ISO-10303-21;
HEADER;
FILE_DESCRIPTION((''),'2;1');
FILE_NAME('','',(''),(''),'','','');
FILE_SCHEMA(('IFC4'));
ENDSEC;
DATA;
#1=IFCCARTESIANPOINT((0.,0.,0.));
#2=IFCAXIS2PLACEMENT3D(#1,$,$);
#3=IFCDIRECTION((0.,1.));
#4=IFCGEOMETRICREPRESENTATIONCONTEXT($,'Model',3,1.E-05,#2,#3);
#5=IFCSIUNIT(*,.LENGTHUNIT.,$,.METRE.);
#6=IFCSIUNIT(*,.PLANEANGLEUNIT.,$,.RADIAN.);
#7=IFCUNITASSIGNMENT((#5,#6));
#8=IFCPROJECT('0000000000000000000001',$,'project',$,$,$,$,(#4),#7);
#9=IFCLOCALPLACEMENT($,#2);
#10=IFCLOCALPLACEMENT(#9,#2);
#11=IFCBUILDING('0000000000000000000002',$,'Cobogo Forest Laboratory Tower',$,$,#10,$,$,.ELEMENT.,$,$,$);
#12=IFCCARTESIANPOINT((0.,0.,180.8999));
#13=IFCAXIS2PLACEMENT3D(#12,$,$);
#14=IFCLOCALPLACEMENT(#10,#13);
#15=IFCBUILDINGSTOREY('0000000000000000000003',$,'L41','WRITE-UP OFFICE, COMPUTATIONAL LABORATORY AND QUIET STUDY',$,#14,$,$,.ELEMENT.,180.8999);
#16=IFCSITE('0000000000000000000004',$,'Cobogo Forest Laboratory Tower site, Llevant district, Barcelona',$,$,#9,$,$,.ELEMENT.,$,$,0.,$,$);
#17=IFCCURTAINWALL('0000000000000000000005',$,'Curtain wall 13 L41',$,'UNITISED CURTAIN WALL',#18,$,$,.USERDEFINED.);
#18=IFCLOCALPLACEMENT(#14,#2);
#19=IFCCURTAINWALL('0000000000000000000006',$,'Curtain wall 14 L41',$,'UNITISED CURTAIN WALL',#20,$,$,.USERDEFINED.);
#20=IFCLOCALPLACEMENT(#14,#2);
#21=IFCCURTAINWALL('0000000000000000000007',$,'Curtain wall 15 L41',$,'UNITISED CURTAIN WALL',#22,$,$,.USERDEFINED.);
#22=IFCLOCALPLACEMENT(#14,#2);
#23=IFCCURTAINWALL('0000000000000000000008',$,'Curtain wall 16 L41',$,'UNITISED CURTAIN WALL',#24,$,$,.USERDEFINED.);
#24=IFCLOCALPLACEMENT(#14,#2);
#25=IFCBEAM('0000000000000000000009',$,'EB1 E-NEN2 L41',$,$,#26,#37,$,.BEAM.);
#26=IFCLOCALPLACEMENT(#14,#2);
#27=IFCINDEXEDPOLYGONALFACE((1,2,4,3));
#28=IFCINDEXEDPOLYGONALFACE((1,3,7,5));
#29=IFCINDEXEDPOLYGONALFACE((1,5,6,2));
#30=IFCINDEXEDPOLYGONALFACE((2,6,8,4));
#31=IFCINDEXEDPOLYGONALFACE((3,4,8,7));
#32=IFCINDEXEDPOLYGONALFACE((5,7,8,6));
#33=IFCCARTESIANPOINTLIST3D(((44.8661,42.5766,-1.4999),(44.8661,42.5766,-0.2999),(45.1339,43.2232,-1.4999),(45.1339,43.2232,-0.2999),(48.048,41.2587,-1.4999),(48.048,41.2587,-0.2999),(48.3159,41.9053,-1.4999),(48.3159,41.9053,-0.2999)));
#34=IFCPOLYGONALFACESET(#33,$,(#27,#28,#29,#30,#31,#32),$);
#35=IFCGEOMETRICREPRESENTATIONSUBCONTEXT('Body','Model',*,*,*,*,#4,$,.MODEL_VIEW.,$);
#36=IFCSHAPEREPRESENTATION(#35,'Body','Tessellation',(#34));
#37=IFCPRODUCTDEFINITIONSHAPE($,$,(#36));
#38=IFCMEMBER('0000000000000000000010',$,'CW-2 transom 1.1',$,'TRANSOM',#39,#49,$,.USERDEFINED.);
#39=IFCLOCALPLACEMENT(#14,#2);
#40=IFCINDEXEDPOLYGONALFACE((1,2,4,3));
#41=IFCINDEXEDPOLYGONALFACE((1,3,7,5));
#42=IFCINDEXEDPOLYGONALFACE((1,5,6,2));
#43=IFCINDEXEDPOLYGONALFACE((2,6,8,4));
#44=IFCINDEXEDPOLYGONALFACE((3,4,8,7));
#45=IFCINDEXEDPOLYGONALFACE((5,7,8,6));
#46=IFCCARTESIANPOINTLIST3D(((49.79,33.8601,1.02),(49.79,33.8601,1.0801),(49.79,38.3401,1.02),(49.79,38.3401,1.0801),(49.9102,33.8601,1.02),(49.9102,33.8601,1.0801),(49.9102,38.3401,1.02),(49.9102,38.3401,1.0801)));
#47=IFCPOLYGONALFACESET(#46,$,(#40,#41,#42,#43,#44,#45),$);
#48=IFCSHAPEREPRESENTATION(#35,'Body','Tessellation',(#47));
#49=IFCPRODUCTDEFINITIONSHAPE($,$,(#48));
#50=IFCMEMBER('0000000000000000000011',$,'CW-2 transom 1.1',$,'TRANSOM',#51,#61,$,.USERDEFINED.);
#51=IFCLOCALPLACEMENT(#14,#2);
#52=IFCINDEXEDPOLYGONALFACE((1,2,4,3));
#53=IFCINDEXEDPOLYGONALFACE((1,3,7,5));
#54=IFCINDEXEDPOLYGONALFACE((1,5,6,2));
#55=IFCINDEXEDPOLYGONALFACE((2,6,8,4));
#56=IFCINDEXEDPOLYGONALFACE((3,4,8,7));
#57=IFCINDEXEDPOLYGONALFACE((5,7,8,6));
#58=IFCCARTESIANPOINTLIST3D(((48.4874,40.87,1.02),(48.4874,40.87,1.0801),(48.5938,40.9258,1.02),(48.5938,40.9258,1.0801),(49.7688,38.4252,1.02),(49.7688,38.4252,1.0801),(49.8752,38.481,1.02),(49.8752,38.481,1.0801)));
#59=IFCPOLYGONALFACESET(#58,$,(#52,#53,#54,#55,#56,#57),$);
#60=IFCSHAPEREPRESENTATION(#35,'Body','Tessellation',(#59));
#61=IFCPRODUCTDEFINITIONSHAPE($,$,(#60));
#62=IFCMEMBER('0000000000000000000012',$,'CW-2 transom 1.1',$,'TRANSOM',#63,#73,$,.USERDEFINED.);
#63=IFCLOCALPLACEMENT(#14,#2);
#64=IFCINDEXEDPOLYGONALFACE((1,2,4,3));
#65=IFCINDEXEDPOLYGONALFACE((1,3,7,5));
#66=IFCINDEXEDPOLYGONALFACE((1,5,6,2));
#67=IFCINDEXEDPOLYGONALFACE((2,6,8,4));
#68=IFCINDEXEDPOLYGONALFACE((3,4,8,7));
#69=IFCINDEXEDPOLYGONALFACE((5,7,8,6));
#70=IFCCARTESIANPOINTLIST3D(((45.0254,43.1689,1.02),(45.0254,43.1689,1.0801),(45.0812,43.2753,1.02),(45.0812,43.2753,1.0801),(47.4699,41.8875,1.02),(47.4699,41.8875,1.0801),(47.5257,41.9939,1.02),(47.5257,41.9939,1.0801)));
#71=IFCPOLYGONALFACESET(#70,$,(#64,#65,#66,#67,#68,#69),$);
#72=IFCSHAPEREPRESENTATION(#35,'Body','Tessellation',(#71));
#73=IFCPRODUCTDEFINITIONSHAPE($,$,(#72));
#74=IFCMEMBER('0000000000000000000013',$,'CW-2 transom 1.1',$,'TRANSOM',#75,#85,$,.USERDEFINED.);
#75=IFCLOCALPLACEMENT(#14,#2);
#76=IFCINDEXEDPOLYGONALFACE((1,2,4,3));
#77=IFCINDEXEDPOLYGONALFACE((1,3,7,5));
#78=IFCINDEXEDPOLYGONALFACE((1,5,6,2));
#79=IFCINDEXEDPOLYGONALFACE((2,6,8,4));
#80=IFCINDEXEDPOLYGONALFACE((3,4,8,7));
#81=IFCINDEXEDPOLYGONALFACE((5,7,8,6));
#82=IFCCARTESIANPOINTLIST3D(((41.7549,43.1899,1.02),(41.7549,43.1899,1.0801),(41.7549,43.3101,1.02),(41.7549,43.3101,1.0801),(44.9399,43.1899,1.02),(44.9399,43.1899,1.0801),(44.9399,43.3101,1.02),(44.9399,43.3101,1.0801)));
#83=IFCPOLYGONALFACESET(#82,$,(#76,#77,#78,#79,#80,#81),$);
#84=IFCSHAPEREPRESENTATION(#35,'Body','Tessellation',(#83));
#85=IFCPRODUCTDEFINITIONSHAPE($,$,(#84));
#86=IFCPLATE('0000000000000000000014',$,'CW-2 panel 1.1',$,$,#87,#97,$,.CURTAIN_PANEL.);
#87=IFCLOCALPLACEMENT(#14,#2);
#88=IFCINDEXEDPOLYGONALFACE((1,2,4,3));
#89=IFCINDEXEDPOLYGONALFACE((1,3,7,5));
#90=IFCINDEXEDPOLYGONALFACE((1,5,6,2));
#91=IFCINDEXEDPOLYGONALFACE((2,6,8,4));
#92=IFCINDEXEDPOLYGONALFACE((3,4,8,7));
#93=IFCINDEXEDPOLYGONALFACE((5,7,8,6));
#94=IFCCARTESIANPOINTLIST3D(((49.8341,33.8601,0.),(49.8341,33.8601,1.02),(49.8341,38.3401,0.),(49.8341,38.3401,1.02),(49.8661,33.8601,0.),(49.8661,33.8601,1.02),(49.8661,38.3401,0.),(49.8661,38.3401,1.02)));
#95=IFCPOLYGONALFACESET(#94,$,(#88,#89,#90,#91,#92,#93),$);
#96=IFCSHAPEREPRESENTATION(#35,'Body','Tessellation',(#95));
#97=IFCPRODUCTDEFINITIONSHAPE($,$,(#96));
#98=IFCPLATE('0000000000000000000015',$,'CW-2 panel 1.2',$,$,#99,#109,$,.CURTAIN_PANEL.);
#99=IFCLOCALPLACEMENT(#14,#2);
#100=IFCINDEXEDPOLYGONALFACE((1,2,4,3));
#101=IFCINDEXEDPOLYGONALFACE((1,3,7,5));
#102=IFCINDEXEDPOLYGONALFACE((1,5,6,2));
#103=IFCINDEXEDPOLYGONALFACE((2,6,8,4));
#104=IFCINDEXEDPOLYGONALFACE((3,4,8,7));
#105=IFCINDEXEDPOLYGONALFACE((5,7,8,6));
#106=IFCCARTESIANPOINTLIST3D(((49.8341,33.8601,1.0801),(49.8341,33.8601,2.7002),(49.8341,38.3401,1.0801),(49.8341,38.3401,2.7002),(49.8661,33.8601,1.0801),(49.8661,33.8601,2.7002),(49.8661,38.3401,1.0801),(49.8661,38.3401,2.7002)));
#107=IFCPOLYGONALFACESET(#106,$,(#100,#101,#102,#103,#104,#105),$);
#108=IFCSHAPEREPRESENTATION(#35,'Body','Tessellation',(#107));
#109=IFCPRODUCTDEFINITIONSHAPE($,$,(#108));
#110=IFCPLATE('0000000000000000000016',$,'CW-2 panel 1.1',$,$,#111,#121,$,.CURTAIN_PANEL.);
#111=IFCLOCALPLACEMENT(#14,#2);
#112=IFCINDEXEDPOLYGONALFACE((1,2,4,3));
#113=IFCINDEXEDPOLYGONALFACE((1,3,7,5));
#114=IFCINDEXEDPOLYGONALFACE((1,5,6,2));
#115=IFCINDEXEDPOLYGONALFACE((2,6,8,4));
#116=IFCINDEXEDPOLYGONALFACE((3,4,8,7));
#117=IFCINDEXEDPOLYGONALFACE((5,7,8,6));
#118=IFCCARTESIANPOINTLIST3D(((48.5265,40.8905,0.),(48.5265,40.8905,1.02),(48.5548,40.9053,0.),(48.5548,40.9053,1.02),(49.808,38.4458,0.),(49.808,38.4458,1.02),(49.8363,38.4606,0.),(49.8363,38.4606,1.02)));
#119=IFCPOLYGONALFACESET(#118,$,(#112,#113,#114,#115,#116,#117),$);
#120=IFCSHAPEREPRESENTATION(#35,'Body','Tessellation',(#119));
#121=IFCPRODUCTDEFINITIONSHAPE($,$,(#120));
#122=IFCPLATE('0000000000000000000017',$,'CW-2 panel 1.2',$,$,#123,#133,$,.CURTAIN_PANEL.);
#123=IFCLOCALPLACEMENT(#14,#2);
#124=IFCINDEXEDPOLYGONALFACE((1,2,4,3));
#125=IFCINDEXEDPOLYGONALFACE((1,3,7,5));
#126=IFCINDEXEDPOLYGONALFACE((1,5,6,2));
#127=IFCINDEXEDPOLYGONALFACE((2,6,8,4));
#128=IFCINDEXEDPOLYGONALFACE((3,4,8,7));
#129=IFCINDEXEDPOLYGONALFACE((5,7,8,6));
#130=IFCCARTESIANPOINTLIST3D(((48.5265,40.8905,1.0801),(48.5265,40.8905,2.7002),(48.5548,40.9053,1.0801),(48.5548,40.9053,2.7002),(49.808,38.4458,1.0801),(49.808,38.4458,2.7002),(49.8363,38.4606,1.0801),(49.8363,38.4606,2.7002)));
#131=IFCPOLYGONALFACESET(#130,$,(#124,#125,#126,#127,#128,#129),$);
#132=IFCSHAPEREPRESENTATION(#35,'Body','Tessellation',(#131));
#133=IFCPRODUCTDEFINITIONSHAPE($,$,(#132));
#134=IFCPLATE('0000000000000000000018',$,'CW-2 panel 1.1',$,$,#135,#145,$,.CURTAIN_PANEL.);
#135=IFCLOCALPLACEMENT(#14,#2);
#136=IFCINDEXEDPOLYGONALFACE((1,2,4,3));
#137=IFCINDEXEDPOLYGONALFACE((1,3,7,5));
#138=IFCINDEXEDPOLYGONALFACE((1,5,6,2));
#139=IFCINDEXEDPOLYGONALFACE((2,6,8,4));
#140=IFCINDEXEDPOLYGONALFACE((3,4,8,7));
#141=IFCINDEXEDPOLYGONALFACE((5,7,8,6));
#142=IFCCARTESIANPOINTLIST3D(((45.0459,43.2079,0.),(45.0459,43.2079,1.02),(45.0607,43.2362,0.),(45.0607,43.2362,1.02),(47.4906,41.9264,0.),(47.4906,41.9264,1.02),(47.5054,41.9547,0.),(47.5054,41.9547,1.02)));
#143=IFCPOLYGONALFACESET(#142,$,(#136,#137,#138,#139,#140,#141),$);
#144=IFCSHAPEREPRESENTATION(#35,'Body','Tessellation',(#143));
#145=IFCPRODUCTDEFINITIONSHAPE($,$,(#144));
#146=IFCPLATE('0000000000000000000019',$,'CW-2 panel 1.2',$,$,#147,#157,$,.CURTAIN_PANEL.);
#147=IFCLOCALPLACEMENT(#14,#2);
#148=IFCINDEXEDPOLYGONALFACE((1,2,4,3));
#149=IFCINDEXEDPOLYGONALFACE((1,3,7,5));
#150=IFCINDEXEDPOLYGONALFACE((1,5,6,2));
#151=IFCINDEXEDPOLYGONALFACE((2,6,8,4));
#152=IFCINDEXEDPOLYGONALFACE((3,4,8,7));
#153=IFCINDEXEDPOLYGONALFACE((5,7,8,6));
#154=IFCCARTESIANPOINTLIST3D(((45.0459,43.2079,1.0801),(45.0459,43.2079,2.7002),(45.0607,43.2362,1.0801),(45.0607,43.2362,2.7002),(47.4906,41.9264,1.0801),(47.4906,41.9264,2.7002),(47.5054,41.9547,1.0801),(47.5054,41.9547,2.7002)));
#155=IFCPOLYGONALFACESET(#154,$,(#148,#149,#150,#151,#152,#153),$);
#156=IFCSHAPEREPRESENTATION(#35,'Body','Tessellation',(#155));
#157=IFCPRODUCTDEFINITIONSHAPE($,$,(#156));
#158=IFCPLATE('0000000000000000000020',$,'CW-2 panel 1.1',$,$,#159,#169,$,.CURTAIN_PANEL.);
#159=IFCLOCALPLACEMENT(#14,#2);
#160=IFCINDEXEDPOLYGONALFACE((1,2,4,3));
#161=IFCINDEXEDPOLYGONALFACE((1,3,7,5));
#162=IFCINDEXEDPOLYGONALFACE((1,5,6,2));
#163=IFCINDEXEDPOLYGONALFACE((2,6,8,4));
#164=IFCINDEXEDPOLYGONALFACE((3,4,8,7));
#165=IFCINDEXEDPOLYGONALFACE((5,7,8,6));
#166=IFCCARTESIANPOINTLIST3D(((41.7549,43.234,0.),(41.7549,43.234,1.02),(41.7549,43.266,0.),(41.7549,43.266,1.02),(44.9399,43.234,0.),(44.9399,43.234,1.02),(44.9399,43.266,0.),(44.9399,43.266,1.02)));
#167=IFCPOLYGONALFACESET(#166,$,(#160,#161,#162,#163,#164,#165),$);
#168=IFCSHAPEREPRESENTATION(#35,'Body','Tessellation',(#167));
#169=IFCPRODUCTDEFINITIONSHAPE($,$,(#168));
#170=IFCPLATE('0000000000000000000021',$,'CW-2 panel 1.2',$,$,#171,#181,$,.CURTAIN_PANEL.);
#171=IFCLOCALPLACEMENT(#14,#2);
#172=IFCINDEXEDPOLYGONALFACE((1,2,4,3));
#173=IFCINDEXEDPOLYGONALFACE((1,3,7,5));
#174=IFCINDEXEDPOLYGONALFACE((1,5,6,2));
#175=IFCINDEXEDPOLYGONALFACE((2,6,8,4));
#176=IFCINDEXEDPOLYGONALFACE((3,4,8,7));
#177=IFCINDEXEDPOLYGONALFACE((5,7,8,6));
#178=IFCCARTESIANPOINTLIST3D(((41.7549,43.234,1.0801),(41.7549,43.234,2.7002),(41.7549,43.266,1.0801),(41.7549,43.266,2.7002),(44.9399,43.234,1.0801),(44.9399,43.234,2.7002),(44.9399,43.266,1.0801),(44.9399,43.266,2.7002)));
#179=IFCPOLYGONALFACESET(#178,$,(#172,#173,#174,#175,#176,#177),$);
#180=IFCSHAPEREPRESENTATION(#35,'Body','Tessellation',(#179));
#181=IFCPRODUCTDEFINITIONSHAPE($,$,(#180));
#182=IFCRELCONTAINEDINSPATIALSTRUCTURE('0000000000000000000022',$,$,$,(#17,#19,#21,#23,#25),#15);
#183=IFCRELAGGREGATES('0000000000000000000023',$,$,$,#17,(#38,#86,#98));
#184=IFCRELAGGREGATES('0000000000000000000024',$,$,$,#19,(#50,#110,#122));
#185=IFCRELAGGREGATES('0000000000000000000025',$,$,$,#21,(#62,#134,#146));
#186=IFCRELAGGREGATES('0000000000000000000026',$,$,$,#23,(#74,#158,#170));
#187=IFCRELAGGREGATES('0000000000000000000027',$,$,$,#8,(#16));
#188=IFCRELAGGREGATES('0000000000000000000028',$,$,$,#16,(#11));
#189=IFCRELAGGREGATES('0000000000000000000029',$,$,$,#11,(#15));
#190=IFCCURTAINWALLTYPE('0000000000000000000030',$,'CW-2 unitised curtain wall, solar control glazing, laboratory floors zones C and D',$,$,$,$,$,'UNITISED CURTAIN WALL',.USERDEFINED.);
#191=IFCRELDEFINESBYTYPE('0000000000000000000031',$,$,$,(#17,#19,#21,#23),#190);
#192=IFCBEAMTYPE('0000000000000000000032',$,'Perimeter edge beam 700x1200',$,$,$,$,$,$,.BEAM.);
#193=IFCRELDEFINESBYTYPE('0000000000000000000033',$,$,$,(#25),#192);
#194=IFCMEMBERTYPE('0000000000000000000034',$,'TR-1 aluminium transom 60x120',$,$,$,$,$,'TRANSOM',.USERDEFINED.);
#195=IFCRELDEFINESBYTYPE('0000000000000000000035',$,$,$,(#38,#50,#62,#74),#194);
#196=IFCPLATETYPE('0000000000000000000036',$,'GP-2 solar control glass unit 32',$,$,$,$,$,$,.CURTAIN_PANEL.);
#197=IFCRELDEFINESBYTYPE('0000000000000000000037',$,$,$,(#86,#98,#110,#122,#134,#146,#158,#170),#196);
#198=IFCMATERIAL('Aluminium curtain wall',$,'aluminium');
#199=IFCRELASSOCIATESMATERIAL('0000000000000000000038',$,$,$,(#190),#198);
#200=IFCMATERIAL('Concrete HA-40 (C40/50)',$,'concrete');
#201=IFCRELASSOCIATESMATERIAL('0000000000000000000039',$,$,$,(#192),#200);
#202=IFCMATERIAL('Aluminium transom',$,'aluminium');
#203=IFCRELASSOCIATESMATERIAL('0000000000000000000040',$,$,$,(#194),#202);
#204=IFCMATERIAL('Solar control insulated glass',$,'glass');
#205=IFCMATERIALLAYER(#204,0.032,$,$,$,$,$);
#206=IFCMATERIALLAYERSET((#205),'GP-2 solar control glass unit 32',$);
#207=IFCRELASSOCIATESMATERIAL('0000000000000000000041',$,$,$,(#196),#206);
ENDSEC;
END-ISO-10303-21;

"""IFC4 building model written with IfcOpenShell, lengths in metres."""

from ifc_helpers import new_model, si_unit, direction, frame, origin, origin_2d, place, context, subcontext, project, spatial, rectangle, extrude, material, layer, layer_set, material_profile, profile_set, type_object, element, aggregate, save


model = new_model("IFC4")

# Units and contexts
model_context = context("Model", 3, precision=1e-05, world=origin(), true_north=direction((0.0, 1.0)))
body_context = subcontext(model_context, "Body", "Model", "MODEL_VIEW")
ifc_project = project(units=[si_unit("LENGTHUNIT", "METRE"), si_unit("PLANEANGLEUNIT", "RADIAN")], contexts=[model_context])

# Site, building, storey
site_placement = place(None, origin())
site = spatial("IfcSite", under=ifc_project, at=site_placement, Name="Cobogo Forest Laboratory Tower site, Llevant district, Barcelona", CompositionType="ELEMENT", RefElevation=0.0)
building_placement = place(site_placement, origin())
building = spatial("IfcBuilding", under=site, at=building_placement, Name="Cobogo Forest Laboratory Tower", CompositionType="ELEMENT")
storey_placement = place(building_placement, frame((0.0, 0.0, 180.8999)))
storey = spatial("IfcBuildingStorey", under=building, at=storey_placement, Name="L41", Description="WRITE-UP OFFICE, COMPUTATIONAL LABORATORY AND QUIET STUDY", CompositionType="ELEMENT", Elevation=180.8999)

# Shared definitions
ifc_material_1 = material(Name="Concrete HA-40 (C40/50)", Category="concrete")

# Curtain walls
ifc_material_2 = material(Name="Aluminium curtain wall", Category="aluminium")
curtain_wall_type = type_object("IfcCurtainWallType", Name="CW-2 unitised curtain wall, solar control glazing, laboratory floors zones C and D", ElementType="UNITISED CURTAIN WALL", PredefinedType="USERDEFINED", material=ifc_material_2)
curtain_wall_1_placement = place(storey_placement, origin())
curtain_wall_1 = element("IfcCurtainWall", 1, at=curtain_wall_1_placement, inside=storey, type_object=curtain_wall_type, Name="Curtain wall 13 L41", ObjectType="UNITISED CURTAIN WALL", PredefinedType="USERDEFINED")
curtain_wall_2_placement = place(storey_placement, origin())
curtain_wall_2 = element("IfcCurtainWall", 2, at=curtain_wall_2_placement, inside=storey, type_object=curtain_wall_type, Name="Curtain wall 14 L41", ObjectType="UNITISED CURTAIN WALL", PredefinedType="USERDEFINED")
curtain_wall_3_placement = place(storey_placement, origin())
curtain_wall_3 = element("IfcCurtainWall", 3, at=curtain_wall_3_placement, inside=storey, type_object=curtain_wall_type, Name="Curtain wall 15 L41", ObjectType="UNITISED CURTAIN WALL", PredefinedType="USERDEFINED")

# Curtain wall
curtain_wall_4_placement = place(storey_placement, origin())
curtain_wall_4 = element("IfcCurtainWall", 4, at=curtain_wall_4_placement, inside=storey, type_object=curtain_wall_type, Name="Curtain wall 16 L41", ObjectType="UNITISED CURTAIN WALL", PredefinedType="USERDEFINED")

# Beam
ifc_material_profile_1 = material_profile(ifc_material_1, rectangle(XDim=0.7, YDim=1.2, at=origin_2d()), Name="RC 700x1200")
ifc_profile_set_1 = profile_set([ifc_material_profile_1], Name="Concrete HA-40 (C40/50)")
beam_type_1 = type_object("IfcBeamType", Name="Perimeter edge beam 700x1200", PredefinedType="BEAM", material=ifc_profile_set_1)
beam_1_placement = place(storey_placement, frame((45.0, 42.8999, -0.8999), z_axis=(0.923891, -0.382656, 0.0), x_axis=(0.382656, 0.923891, 0.0)))
element("IfcBeam", 5, at=beam_1_placement, inside=storey, type_object=beam_type_1, Name="EB1 E-NEN2 L41", PredefinedType="BEAM", context=body_context, shape_type="SweptSolid", body=[
    extrude(rectangle(XDim=0.7, YDim=1.2, at=origin_2d()), origin(), (0.0, 0.0, 1.0), 3.4441),
])

# Members
ifc_material_3 = material(Name="Aluminium transom", Category="aluminium")
ifc_material_profile_2 = material_profile(ifc_material_3, rectangle(XDim=0.1201, YDim=0.0601, at=origin_2d()), Name="AL 60x120")
ifc_profile_set_2 = profile_set([ifc_material_profile_2], Name="Aluminium transom")
member_type_1 = type_object("IfcMemberType", Name="TR-1 aluminium transom 60x120", ElementType="TRANSOM", PredefinedType="USERDEFINED", material=ifc_profile_set_2)
member_1_placement = place(storey_placement, frame((49.8501, 33.8601, 1.05), z_axis=(0.0, 1.0, 0.0), x_axis=(-1.0, 0.0, 0.0)))
member_1 = element("IfcMember", 6, at=member_1_placement, type_object=member_type_1, Name="CW-2 transom 1.1", ObjectType="TRANSOM", PredefinedType="USERDEFINED", context=body_context, shape_type="SweptSolid", body=[
    extrude(rectangle(XDim=0.1201, YDim=0.0601, at=origin_2d()), origin(), (0.0, 0.0, 1.0), 4.48),
])
member_2_placement = place(storey_placement, frame((49.822, 38.4531, 1.05), z_axis=(-0.464255, 0.885702, 0.0), x_axis=(-0.885702, -0.464255, 0.0)))
member_2 = element("IfcMember", 7, at=member_2_placement, type_object=member_type_1, Name="CW-2 transom 1.1", ObjectType="TRANSOM", PredefinedType="USERDEFINED", context=body_context, shape_type="SweptSolid", body=[
    extrude(rectangle(XDim=0.1201, YDim=0.0601, at=origin_2d()), origin(), (0.0, 0.0, 1.0), 2.7603),
])
member_3_placement = place(storey_placement, frame((47.4978, 41.9407, 1.05), z_axis=(-0.885683, 0.464291, 0.0), x_axis=(-0.464291, -0.885683, 0.0)))
member_3 = element("IfcMember", 8, at=member_3_placement, type_object=member_type_1, Name="CW-2 transom 1.1", ObjectType="TRANSOM", PredefinedType="USERDEFINED", context=body_context, shape_type="SweptSolid", body=[
    extrude(rectangle(XDim=0.1201, YDim=0.0601, at=origin_2d()), origin(), (0.0, 0.0, 1.0), 2.76),
])
member_4_placement = place(storey_placement, frame((44.9399, 43.25, 1.05), z_axis=(-1.0, 0.0, 0.0), x_axis=(0.0, -1.0, 0.0)))
member_4 = element("IfcMember", 9, at=member_4_placement, type_object=member_type_1, Name="CW-2 transom 1.1", ObjectType="TRANSOM", PredefinedType="USERDEFINED", context=body_context, shape_type="SweptSolid", body=[
    extrude(rectangle(XDim=0.1201, YDim=0.0601, at=origin_2d()), origin(), (0.0, 0.0, 1.0), 3.1851),
])

# Plates
ifc_material_4 = material(Name="Solar control insulated glass", Category="glass")
ifc_layer = layer(ifc_material_4, 0.032)
ifc_layer_set = layer_set([ifc_layer], Name="GP-2 solar control glass unit 32")
plate_type = type_object("IfcPlateType", Name="GP-2 solar control glass unit 32", PredefinedType="CURTAIN_PANEL", material=ifc_layer_set)
plate_1_placement = place(storey_placement, frame((49.8501, 36.1001, 0.0), z_axis=(0.0, 0.0, 1.0), x_axis=(0.0, 1.0, 0.0)))
plate_1 = element("IfcPlate", 10, at=plate_1_placement, type_object=plate_type, Name="CW-2 panel 1.1", PredefinedType="CURTAIN_PANEL", context=body_context, shape_type="SweptSolid", body=[
    extrude(rectangle(XDim=4.48, YDim=0.032, at=origin_2d()), origin(), (0.0, 0.0, 1.0), 1.02),
])
plate_2_placement = place(storey_placement, frame((49.8501, 36.1001, 1.0801), z_axis=(0.0, 0.0, 1.0), x_axis=(0.0, 1.0, 0.0)))
plate_2 = element("IfcPlate", 11, at=plate_2_placement, type_object=plate_type, Name="CW-2 panel 1.2", PredefinedType="CURTAIN_PANEL", context=body_context, shape_type="SweptSolid", body=[
    extrude(rectangle(XDim=4.48, YDim=0.032, at=origin_2d()), origin(), (0.0, 0.0, 1.0), 1.6201),
])
aggregate(curtain_wall_1, [member_1, plate_1, plate_2])
plate_3_placement = place(storey_placement, frame((49.1814, 39.6755, 0.0), z_axis=(0.0, 0.0, 1.0), x_axis=(-0.464284, 0.885686, 0.0)))
plate_3 = element("IfcPlate", 12, at=plate_3_placement, type_object=plate_type, Name="CW-2 panel 1.1", PredefinedType="CURTAIN_PANEL", context=body_context, shape_type="SweptSolid", body=[
    extrude(rectangle(XDim=2.7603, YDim=0.032, at=origin_2d()), origin(), (0.0, 0.0, 1.0), 1.02),
])
plate_4_placement = place(storey_placement, frame((49.1814, 39.6755, 1.0801), z_axis=(0.0, 0.0, 1.0), x_axis=(-0.464284, 0.885686, 0.0)))
plate_4 = element("IfcPlate", 13, at=plate_4_placement, type_object=plate_type, Name="CW-2 panel 1.2", PredefinedType="CURTAIN_PANEL", context=body_context, shape_type="SweptSolid", body=[
    extrude(rectangle(XDim=2.7603, YDim=0.032, at=origin_2d()), origin(), (0.0, 0.0, 1.0), 1.6201),
])
aggregate(curtain_wall_2, [member_2, plate_3, plate_4])
plate_5_placement = place(storey_placement, frame((46.2756, 42.5813, 0.0), z_axis=(0.0, 0.0, 1.0), x_axis=(-0.885686, 0.464284, 0.0)))
plate_5 = element("IfcPlate", 14, at=plate_5_placement, type_object=plate_type, Name="CW-2 panel 1.1", PredefinedType="CURTAIN_PANEL", context=body_context, shape_type="SweptSolid", body=[
    extrude(rectangle(XDim=2.7603, YDim=0.032, at=origin_2d()), origin(), (0.0, 0.0, 1.0), 1.02),
])
plate_6_placement = place(storey_placement, frame((46.2756, 42.5813, 1.0801), z_axis=(0.0, 0.0, 1.0), x_axis=(-0.885686, 0.464284, 0.0)))
plate_6 = element("IfcPlate", 15, at=plate_6_placement, type_object=plate_type, Name="CW-2 panel 1.2", PredefinedType="CURTAIN_PANEL", context=body_context, shape_type="SweptSolid", body=[
    extrude(rectangle(XDim=2.7603, YDim=0.032, at=origin_2d()), origin(), (0.0, 0.0, 1.0), 1.6201),
])
aggregate(curtain_wall_3, [member_3, plate_5, plate_6])
plate_7_placement = place(storey_placement, frame((43.3474, 43.25, 0.0), z_axis=(0.0, 0.0, 1.0), x_axis=(-1.0, 0.0, 0.0)))
plate_7 = element("IfcPlate", 16, at=plate_7_placement, type_object=plate_type, Name="CW-2 panel 1.1", PredefinedType="CURTAIN_PANEL", context=body_context, shape_type="SweptSolid", body=[
    extrude(rectangle(XDim=3.1851, YDim=0.032, at=origin_2d()), origin(), (0.0, 0.0, 1.0), 1.02),
])
plate_8_placement = place(storey_placement, frame((43.3474, 43.25, 1.0801), z_axis=(0.0, 0.0, 1.0), x_axis=(-1.0, 0.0, 0.0)))
plate_8 = element("IfcPlate", 17, at=plate_8_placement, type_object=plate_type, Name="CW-2 panel 1.2", PredefinedType="CURTAIN_PANEL", context=body_context, shape_type="SweptSolid", body=[
    extrude(rectangle(XDim=3.1851, YDim=0.032, at=origin_2d()), origin(), (0.0, 0.0, 1.0), 1.6201),
])
aggregate(curtain_wall_4, [member_4, plate_7, plate_8])

save(model, "model.ifc")
